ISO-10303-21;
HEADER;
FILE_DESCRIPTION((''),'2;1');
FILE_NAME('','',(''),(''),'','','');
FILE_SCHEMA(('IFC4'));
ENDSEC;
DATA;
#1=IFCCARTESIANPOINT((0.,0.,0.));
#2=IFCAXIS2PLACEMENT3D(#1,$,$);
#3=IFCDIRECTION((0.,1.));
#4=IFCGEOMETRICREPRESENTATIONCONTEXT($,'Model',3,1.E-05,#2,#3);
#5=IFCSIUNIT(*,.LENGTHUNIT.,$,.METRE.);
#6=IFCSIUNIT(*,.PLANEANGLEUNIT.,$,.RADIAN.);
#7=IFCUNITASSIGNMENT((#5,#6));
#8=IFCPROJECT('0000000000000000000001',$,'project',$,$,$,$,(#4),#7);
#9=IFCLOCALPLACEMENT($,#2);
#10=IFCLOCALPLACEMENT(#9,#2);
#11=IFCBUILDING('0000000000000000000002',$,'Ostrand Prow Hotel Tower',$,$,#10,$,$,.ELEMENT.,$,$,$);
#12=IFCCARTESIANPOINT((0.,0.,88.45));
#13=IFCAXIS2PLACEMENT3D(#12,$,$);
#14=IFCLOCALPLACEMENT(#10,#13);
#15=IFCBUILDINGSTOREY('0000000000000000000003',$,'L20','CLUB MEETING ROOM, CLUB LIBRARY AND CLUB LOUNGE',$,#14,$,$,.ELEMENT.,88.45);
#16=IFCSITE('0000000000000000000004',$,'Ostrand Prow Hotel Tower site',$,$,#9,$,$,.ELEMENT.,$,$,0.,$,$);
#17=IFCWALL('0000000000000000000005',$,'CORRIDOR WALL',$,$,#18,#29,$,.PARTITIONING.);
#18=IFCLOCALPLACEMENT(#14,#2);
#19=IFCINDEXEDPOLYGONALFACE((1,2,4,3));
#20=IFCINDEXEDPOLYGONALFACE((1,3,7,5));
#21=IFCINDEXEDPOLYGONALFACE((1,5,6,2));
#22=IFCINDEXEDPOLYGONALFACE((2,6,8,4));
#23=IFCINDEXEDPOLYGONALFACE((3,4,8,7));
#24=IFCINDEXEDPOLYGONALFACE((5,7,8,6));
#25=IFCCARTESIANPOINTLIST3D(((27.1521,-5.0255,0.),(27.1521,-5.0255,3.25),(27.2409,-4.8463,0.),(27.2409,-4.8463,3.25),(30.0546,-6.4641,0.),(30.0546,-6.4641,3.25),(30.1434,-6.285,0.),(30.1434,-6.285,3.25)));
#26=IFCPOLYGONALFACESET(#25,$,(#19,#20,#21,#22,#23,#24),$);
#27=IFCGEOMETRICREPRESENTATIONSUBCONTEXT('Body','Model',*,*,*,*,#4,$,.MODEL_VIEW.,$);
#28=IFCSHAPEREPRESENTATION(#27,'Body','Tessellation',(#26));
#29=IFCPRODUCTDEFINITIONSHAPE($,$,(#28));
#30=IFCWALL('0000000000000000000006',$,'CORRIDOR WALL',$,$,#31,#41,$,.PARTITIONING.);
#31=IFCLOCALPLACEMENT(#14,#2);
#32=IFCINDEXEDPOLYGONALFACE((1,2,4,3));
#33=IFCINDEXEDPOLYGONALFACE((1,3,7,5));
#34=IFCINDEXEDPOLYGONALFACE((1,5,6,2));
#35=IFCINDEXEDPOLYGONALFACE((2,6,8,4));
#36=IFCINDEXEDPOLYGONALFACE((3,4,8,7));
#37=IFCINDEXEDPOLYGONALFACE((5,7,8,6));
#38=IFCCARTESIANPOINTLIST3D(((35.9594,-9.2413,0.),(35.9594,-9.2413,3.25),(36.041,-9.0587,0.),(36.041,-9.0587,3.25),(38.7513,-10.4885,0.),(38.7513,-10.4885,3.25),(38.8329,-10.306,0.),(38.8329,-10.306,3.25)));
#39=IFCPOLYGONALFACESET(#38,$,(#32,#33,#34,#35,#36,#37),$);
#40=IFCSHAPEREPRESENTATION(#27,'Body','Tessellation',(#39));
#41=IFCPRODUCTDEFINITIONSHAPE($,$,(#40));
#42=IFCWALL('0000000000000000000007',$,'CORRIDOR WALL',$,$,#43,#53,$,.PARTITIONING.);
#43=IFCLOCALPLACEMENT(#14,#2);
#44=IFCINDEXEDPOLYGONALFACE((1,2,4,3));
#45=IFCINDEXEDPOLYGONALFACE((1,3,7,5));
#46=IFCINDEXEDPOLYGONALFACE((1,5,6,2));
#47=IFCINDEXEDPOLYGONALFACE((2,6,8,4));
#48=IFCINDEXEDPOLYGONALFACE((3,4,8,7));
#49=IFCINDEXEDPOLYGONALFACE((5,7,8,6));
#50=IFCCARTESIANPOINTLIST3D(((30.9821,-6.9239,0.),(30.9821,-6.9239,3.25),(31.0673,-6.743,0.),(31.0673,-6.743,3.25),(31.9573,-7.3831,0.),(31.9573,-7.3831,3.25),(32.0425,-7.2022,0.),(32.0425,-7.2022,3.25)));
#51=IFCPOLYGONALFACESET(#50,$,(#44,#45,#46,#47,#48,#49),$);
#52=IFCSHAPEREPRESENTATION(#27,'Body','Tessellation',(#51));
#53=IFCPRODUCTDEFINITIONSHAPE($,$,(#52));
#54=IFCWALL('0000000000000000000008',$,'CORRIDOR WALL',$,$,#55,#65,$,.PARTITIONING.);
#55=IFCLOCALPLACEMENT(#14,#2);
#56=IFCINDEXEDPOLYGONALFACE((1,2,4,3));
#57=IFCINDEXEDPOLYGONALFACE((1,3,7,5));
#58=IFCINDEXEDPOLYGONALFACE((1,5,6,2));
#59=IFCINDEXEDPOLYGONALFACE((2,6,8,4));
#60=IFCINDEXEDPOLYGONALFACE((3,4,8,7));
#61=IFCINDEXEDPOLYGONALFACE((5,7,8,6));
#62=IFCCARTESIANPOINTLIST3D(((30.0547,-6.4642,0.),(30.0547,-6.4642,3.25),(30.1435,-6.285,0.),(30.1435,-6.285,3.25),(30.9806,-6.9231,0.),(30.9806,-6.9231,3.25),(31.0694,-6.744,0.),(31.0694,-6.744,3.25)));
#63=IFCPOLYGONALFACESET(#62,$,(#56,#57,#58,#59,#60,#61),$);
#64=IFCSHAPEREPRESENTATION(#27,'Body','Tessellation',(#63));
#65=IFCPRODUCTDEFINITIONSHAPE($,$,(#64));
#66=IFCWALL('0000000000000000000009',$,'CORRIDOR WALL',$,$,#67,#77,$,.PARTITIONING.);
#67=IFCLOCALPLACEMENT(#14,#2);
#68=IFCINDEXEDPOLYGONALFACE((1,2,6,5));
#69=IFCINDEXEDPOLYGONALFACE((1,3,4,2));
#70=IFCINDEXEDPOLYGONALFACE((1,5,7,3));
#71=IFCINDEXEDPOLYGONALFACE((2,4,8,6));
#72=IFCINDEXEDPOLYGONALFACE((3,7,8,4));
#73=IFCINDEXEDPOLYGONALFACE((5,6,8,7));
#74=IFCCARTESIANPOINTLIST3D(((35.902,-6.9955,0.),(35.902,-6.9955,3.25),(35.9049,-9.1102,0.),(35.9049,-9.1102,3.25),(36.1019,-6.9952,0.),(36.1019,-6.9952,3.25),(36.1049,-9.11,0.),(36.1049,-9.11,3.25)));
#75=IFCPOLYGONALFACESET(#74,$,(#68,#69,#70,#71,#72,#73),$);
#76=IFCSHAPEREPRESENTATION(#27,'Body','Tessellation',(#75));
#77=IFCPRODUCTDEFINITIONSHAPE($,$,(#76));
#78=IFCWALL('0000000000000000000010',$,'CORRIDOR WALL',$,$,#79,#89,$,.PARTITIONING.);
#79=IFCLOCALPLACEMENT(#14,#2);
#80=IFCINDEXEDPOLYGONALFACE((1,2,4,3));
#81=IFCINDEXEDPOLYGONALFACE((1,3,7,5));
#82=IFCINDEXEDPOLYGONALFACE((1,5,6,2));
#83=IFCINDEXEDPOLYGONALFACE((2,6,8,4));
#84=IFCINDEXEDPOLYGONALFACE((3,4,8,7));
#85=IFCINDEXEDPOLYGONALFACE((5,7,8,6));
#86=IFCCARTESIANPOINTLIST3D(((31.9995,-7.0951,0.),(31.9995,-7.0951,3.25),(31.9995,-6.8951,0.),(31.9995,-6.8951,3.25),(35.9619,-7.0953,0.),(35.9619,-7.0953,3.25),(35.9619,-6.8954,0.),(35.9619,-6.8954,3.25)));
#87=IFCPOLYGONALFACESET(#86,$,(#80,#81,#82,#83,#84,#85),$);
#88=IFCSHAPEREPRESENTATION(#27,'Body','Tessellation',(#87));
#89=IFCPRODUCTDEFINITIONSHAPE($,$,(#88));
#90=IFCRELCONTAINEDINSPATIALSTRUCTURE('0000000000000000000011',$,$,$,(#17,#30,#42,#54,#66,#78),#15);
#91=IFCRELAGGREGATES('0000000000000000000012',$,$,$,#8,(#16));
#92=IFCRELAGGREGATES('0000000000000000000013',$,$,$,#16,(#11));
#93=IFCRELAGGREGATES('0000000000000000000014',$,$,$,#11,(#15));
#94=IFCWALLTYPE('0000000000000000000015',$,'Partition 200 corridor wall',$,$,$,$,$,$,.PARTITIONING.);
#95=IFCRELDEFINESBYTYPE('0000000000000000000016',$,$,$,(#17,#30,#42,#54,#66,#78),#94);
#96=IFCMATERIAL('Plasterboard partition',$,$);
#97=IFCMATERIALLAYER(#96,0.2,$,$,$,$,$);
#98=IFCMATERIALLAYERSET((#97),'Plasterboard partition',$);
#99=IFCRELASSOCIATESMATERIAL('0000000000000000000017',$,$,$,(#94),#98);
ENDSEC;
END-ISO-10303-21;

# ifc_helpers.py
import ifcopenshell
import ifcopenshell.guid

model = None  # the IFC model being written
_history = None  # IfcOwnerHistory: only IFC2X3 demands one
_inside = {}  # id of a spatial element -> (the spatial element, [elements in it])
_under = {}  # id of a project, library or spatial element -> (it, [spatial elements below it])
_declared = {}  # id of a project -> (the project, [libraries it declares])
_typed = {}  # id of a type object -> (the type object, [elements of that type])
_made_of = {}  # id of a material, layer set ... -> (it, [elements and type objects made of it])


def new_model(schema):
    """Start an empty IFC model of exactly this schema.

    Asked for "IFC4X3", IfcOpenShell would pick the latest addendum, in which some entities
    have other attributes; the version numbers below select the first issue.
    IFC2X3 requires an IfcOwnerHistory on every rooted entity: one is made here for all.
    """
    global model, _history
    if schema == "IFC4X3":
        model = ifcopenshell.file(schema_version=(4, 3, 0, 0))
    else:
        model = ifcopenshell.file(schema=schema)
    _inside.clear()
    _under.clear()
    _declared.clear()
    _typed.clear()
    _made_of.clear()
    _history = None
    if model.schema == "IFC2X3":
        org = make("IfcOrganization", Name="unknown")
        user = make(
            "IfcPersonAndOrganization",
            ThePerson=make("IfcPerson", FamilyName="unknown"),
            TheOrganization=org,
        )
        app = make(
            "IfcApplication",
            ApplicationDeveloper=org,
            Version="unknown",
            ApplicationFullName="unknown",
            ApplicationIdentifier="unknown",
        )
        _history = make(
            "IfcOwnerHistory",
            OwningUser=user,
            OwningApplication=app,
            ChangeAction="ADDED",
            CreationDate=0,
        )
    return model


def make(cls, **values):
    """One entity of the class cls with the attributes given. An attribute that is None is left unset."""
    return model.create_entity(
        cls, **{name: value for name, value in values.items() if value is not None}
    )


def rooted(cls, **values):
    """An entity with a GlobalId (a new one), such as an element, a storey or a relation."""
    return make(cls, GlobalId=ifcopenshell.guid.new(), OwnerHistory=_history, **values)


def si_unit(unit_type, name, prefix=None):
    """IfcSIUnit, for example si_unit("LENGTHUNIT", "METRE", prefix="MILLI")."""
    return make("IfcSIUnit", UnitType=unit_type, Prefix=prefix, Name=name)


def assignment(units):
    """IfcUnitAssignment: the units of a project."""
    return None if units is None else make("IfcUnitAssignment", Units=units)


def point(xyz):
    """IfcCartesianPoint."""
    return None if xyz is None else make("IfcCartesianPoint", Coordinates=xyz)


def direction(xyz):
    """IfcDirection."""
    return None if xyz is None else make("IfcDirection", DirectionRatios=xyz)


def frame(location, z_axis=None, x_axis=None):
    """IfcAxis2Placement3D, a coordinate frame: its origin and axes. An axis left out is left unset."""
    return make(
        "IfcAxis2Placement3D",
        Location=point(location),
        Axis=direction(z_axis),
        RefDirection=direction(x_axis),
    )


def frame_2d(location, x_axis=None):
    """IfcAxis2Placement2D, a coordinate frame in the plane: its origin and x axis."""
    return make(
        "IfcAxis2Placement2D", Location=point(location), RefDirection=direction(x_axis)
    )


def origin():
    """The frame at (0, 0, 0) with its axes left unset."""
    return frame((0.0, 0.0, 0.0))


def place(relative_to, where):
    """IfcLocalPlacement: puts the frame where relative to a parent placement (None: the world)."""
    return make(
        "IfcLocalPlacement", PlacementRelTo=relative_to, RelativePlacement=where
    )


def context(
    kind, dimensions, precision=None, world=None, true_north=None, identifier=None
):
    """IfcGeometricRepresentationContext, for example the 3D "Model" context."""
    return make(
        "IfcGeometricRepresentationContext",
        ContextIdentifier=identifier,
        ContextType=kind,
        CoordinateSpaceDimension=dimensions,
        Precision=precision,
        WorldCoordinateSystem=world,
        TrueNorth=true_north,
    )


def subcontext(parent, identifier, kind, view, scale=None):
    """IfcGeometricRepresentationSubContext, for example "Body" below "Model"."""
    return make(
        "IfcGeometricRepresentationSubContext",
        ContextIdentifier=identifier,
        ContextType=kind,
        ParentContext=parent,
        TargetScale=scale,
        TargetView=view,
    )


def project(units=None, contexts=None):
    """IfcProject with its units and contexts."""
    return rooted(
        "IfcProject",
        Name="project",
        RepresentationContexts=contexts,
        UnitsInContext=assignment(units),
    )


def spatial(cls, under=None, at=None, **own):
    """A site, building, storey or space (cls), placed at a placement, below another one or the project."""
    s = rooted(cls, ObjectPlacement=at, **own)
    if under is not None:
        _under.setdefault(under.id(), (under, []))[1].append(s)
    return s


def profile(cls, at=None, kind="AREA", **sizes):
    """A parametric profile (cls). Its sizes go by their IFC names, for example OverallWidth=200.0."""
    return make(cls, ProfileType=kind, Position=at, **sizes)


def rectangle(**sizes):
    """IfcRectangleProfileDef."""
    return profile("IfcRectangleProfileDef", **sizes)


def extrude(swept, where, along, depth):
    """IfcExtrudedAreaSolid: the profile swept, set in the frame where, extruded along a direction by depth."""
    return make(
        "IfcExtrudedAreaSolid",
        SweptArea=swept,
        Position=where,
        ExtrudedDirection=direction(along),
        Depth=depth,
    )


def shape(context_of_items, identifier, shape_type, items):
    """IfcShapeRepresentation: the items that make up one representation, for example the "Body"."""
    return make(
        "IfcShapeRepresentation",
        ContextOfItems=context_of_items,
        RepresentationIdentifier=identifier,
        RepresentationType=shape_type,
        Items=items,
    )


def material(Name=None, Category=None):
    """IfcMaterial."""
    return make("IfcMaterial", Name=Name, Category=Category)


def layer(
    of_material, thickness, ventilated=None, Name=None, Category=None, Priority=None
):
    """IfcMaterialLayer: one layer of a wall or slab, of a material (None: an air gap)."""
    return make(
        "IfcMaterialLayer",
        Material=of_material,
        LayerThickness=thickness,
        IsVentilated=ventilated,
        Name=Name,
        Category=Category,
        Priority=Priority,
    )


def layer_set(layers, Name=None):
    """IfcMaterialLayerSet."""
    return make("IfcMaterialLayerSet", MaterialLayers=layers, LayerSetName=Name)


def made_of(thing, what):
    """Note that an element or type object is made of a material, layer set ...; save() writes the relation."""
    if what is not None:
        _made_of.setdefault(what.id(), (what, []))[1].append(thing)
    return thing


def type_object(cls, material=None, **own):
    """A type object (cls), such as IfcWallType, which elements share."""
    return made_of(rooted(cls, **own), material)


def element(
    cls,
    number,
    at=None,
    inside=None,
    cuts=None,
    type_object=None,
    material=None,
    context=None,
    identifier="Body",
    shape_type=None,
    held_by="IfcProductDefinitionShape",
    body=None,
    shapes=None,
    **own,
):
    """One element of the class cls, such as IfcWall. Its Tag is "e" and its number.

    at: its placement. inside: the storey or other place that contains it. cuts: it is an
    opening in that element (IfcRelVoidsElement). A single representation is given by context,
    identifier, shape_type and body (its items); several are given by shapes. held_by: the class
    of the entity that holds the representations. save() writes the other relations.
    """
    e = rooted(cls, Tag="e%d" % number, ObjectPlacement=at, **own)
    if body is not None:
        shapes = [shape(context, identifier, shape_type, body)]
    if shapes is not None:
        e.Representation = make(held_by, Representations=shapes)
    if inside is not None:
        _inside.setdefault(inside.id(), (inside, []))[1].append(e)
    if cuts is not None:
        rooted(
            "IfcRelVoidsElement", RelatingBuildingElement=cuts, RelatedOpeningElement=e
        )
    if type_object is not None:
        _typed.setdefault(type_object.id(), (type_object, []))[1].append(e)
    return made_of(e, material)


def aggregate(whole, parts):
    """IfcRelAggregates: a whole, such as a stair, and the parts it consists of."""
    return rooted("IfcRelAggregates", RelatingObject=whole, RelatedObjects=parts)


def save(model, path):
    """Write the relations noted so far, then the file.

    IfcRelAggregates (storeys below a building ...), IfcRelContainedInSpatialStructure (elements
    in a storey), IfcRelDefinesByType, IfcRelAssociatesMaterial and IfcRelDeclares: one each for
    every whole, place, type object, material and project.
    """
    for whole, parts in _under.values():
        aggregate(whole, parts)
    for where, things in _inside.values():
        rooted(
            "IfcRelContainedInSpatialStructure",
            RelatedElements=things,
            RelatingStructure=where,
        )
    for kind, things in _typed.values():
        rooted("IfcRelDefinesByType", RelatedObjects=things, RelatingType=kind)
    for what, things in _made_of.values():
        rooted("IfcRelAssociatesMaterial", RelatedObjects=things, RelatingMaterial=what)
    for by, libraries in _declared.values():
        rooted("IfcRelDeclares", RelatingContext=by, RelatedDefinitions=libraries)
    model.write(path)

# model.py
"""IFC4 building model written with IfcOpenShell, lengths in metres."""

from ifc_helpers import new_model, si_unit, direction, frame, frame_2d, origin, place, context, subcontext, project, spatial, rectangle, extrude, material, layer, layer_set, type_object, element, save


model = new_model("IFC4")

# Units and contexts
model_context = context("Model", 3, precision=1e-05, world=origin(), true_north=direction((0.0, 1.0)))
body_context = subcontext(model_context, "Body", "Model", "MODEL_VIEW")
ifc_project = project(units=[si_unit("LENGTHUNIT", "METRE"), si_unit("PLANEANGLEUNIT", "RADIAN")], contexts=[model_context])

# Site, building, storey
site_placement = place(None, origin())
site = spatial("IfcSite", under=ifc_project, at=site_placement, Name="Ostrand Prow Hotel Tower site", CompositionType="ELEMENT", RefElevation=0.0)
building_placement = place(site_placement, origin())
building = spatial("IfcBuilding", under=site, at=building_placement, Name="Ostrand Prow Hotel Tower", CompositionType="ELEMENT")
storey_placement = place(building_placement, frame((0.0, 0.0, 88.45)))
storey = spatial("IfcBuildingStorey", under=building, at=storey_placement, Name="L20", Description="CLUB MEETING ROOM, CLUB LIBRARY AND CLUB LOUNGE", CompositionType="ELEMENT", Elevation=88.45)

# Shared definitions
ifc_material_1 = material(Name="Plasterboard partition")
ifc_layer_1 = layer(ifc_material_1, 0.2)
ifc_layer_set_1 = layer_set([ifc_layer_1], Name="Plasterboard partition")
wall_type_1 = type_object("IfcWallType", Name="Partition 200 corridor wall", PredefinedType="PARTITIONING", material=ifc_layer_set_1)

# Walls
wall_1_placement = place(storey_placement, frame((30.0989, -6.3745, 0.0), z_axis=(0.0, 0.0, 1.0), x_axis=(-0.895974, 0.444106, 0.0)))
element("IfcWall", 1, at=wall_1_placement, inside=storey, type_object=wall_type_1, Name="CORRIDOR WALL", PredefinedType="PARTITIONING", context=body_context, shape_type="SweptSolid", body=[
    extrude(rectangle(XDim=3.2395, YDim=0.2, at=frame_2d((1.6196, 0.0))), origin(), (0.0, 0.0, 1.0), 3.25),
])
wall_2_placement = place(storey_placement, frame((38.792, -10.3972, 0.0), z_axis=(0.0, 0.0, 1.0), x_axis=(-0.91303, 0.407893, 0.0)))
element("IfcWall", 2, at=wall_2_placement, inside=storey, type_object=wall_type_1, Name="CORRIDOR WALL", PredefinedType="PARTITIONING", context=body_context, shape_type="SweptSolid", body=[
    extrude(rectangle(XDim=3.0579, YDim=0.2, at=frame_2d((1.5288, 0.0))), origin(), (0.0, 0.0, 1.0), 3.25),
])
wall_3_placement = place(storey_placement, frame((32.0, -7.2927, 0.0), z_axis=(0.0, 0.0, 1.0), x_axis=(-0.90469, 0.42607, 0.0)))
element("IfcWall", 3, at=wall_3_placement, inside=storey, type_object=wall_type_1, Name="CORRIDOR WALL", PredefinedType="PARTITIONING", context=body_context, shape_type="SweptSolid", body=[
    extrude(rectangle(XDim=1.0779, YDim=0.2, at=frame_2d((0.5391, 0.0))), origin(), (0.0, 0.0, 1.0), 3.25),
])
wall_4_placement = place(storey_placement, frame((31.0249, -6.8335, 0.0), z_axis=(0.0, 0.0, 1.0), x_axis=(-0.895981, 0.444093, 0.0)))
element("IfcWall", 4, at=wall_4_placement, inside=storey, type_object=wall_type_1, Name="CORRIDOR WALL", PredefinedType="PARTITIONING", context=body_context, shape_type="SweptSolid", body=[
    extrude(rectangle(XDim=1.0334, YDim=0.2, at=frame_2d((0.5166, 0.0))), origin(), (0.0, 0.0, 1.0), 3.25),
])
wall_5_placement = place(storey_placement, frame((36.0049, -9.1101, 0.0), z_axis=(0.0, 0.0, 1.0), x_axis=(-0.001385, 0.999999, 0.0)))
element("IfcWall", 5, at=wall_5_placement, inside=storey, type_object=wall_type_1, Name="CORRIDOR WALL", PredefinedType="PARTITIONING", context=body_context, shape_type="SweptSolid", body=[
    extrude(rectangle(XDim=2.1147, YDim=0.2, at=frame_2d((1.0574, 0.0))), origin(), (0.0, 0.0, 1.0), 3.25),
])
wall_6_placement = place(storey_placement, frame((35.9619, -6.9954, 0.0), z_axis=(0.0, 0.0, 1.0), x_axis=(-1.0, 0.000062, 0.0)))
element("IfcWall", 6, at=wall_6_placement, inside=storey, type_object=wall_type_1, Name="CORRIDOR WALL", PredefinedType="PARTITIONING", context=body_context, shape_type="SweptSolid", body=[
    extrude(rectangle(XDim=3.9624, YDim=0.2, at=frame_2d((1.9812, 0.0))), origin(), (0.0, 0.0, 1.0), 3.25),
])

save(model, "model.ifc")
